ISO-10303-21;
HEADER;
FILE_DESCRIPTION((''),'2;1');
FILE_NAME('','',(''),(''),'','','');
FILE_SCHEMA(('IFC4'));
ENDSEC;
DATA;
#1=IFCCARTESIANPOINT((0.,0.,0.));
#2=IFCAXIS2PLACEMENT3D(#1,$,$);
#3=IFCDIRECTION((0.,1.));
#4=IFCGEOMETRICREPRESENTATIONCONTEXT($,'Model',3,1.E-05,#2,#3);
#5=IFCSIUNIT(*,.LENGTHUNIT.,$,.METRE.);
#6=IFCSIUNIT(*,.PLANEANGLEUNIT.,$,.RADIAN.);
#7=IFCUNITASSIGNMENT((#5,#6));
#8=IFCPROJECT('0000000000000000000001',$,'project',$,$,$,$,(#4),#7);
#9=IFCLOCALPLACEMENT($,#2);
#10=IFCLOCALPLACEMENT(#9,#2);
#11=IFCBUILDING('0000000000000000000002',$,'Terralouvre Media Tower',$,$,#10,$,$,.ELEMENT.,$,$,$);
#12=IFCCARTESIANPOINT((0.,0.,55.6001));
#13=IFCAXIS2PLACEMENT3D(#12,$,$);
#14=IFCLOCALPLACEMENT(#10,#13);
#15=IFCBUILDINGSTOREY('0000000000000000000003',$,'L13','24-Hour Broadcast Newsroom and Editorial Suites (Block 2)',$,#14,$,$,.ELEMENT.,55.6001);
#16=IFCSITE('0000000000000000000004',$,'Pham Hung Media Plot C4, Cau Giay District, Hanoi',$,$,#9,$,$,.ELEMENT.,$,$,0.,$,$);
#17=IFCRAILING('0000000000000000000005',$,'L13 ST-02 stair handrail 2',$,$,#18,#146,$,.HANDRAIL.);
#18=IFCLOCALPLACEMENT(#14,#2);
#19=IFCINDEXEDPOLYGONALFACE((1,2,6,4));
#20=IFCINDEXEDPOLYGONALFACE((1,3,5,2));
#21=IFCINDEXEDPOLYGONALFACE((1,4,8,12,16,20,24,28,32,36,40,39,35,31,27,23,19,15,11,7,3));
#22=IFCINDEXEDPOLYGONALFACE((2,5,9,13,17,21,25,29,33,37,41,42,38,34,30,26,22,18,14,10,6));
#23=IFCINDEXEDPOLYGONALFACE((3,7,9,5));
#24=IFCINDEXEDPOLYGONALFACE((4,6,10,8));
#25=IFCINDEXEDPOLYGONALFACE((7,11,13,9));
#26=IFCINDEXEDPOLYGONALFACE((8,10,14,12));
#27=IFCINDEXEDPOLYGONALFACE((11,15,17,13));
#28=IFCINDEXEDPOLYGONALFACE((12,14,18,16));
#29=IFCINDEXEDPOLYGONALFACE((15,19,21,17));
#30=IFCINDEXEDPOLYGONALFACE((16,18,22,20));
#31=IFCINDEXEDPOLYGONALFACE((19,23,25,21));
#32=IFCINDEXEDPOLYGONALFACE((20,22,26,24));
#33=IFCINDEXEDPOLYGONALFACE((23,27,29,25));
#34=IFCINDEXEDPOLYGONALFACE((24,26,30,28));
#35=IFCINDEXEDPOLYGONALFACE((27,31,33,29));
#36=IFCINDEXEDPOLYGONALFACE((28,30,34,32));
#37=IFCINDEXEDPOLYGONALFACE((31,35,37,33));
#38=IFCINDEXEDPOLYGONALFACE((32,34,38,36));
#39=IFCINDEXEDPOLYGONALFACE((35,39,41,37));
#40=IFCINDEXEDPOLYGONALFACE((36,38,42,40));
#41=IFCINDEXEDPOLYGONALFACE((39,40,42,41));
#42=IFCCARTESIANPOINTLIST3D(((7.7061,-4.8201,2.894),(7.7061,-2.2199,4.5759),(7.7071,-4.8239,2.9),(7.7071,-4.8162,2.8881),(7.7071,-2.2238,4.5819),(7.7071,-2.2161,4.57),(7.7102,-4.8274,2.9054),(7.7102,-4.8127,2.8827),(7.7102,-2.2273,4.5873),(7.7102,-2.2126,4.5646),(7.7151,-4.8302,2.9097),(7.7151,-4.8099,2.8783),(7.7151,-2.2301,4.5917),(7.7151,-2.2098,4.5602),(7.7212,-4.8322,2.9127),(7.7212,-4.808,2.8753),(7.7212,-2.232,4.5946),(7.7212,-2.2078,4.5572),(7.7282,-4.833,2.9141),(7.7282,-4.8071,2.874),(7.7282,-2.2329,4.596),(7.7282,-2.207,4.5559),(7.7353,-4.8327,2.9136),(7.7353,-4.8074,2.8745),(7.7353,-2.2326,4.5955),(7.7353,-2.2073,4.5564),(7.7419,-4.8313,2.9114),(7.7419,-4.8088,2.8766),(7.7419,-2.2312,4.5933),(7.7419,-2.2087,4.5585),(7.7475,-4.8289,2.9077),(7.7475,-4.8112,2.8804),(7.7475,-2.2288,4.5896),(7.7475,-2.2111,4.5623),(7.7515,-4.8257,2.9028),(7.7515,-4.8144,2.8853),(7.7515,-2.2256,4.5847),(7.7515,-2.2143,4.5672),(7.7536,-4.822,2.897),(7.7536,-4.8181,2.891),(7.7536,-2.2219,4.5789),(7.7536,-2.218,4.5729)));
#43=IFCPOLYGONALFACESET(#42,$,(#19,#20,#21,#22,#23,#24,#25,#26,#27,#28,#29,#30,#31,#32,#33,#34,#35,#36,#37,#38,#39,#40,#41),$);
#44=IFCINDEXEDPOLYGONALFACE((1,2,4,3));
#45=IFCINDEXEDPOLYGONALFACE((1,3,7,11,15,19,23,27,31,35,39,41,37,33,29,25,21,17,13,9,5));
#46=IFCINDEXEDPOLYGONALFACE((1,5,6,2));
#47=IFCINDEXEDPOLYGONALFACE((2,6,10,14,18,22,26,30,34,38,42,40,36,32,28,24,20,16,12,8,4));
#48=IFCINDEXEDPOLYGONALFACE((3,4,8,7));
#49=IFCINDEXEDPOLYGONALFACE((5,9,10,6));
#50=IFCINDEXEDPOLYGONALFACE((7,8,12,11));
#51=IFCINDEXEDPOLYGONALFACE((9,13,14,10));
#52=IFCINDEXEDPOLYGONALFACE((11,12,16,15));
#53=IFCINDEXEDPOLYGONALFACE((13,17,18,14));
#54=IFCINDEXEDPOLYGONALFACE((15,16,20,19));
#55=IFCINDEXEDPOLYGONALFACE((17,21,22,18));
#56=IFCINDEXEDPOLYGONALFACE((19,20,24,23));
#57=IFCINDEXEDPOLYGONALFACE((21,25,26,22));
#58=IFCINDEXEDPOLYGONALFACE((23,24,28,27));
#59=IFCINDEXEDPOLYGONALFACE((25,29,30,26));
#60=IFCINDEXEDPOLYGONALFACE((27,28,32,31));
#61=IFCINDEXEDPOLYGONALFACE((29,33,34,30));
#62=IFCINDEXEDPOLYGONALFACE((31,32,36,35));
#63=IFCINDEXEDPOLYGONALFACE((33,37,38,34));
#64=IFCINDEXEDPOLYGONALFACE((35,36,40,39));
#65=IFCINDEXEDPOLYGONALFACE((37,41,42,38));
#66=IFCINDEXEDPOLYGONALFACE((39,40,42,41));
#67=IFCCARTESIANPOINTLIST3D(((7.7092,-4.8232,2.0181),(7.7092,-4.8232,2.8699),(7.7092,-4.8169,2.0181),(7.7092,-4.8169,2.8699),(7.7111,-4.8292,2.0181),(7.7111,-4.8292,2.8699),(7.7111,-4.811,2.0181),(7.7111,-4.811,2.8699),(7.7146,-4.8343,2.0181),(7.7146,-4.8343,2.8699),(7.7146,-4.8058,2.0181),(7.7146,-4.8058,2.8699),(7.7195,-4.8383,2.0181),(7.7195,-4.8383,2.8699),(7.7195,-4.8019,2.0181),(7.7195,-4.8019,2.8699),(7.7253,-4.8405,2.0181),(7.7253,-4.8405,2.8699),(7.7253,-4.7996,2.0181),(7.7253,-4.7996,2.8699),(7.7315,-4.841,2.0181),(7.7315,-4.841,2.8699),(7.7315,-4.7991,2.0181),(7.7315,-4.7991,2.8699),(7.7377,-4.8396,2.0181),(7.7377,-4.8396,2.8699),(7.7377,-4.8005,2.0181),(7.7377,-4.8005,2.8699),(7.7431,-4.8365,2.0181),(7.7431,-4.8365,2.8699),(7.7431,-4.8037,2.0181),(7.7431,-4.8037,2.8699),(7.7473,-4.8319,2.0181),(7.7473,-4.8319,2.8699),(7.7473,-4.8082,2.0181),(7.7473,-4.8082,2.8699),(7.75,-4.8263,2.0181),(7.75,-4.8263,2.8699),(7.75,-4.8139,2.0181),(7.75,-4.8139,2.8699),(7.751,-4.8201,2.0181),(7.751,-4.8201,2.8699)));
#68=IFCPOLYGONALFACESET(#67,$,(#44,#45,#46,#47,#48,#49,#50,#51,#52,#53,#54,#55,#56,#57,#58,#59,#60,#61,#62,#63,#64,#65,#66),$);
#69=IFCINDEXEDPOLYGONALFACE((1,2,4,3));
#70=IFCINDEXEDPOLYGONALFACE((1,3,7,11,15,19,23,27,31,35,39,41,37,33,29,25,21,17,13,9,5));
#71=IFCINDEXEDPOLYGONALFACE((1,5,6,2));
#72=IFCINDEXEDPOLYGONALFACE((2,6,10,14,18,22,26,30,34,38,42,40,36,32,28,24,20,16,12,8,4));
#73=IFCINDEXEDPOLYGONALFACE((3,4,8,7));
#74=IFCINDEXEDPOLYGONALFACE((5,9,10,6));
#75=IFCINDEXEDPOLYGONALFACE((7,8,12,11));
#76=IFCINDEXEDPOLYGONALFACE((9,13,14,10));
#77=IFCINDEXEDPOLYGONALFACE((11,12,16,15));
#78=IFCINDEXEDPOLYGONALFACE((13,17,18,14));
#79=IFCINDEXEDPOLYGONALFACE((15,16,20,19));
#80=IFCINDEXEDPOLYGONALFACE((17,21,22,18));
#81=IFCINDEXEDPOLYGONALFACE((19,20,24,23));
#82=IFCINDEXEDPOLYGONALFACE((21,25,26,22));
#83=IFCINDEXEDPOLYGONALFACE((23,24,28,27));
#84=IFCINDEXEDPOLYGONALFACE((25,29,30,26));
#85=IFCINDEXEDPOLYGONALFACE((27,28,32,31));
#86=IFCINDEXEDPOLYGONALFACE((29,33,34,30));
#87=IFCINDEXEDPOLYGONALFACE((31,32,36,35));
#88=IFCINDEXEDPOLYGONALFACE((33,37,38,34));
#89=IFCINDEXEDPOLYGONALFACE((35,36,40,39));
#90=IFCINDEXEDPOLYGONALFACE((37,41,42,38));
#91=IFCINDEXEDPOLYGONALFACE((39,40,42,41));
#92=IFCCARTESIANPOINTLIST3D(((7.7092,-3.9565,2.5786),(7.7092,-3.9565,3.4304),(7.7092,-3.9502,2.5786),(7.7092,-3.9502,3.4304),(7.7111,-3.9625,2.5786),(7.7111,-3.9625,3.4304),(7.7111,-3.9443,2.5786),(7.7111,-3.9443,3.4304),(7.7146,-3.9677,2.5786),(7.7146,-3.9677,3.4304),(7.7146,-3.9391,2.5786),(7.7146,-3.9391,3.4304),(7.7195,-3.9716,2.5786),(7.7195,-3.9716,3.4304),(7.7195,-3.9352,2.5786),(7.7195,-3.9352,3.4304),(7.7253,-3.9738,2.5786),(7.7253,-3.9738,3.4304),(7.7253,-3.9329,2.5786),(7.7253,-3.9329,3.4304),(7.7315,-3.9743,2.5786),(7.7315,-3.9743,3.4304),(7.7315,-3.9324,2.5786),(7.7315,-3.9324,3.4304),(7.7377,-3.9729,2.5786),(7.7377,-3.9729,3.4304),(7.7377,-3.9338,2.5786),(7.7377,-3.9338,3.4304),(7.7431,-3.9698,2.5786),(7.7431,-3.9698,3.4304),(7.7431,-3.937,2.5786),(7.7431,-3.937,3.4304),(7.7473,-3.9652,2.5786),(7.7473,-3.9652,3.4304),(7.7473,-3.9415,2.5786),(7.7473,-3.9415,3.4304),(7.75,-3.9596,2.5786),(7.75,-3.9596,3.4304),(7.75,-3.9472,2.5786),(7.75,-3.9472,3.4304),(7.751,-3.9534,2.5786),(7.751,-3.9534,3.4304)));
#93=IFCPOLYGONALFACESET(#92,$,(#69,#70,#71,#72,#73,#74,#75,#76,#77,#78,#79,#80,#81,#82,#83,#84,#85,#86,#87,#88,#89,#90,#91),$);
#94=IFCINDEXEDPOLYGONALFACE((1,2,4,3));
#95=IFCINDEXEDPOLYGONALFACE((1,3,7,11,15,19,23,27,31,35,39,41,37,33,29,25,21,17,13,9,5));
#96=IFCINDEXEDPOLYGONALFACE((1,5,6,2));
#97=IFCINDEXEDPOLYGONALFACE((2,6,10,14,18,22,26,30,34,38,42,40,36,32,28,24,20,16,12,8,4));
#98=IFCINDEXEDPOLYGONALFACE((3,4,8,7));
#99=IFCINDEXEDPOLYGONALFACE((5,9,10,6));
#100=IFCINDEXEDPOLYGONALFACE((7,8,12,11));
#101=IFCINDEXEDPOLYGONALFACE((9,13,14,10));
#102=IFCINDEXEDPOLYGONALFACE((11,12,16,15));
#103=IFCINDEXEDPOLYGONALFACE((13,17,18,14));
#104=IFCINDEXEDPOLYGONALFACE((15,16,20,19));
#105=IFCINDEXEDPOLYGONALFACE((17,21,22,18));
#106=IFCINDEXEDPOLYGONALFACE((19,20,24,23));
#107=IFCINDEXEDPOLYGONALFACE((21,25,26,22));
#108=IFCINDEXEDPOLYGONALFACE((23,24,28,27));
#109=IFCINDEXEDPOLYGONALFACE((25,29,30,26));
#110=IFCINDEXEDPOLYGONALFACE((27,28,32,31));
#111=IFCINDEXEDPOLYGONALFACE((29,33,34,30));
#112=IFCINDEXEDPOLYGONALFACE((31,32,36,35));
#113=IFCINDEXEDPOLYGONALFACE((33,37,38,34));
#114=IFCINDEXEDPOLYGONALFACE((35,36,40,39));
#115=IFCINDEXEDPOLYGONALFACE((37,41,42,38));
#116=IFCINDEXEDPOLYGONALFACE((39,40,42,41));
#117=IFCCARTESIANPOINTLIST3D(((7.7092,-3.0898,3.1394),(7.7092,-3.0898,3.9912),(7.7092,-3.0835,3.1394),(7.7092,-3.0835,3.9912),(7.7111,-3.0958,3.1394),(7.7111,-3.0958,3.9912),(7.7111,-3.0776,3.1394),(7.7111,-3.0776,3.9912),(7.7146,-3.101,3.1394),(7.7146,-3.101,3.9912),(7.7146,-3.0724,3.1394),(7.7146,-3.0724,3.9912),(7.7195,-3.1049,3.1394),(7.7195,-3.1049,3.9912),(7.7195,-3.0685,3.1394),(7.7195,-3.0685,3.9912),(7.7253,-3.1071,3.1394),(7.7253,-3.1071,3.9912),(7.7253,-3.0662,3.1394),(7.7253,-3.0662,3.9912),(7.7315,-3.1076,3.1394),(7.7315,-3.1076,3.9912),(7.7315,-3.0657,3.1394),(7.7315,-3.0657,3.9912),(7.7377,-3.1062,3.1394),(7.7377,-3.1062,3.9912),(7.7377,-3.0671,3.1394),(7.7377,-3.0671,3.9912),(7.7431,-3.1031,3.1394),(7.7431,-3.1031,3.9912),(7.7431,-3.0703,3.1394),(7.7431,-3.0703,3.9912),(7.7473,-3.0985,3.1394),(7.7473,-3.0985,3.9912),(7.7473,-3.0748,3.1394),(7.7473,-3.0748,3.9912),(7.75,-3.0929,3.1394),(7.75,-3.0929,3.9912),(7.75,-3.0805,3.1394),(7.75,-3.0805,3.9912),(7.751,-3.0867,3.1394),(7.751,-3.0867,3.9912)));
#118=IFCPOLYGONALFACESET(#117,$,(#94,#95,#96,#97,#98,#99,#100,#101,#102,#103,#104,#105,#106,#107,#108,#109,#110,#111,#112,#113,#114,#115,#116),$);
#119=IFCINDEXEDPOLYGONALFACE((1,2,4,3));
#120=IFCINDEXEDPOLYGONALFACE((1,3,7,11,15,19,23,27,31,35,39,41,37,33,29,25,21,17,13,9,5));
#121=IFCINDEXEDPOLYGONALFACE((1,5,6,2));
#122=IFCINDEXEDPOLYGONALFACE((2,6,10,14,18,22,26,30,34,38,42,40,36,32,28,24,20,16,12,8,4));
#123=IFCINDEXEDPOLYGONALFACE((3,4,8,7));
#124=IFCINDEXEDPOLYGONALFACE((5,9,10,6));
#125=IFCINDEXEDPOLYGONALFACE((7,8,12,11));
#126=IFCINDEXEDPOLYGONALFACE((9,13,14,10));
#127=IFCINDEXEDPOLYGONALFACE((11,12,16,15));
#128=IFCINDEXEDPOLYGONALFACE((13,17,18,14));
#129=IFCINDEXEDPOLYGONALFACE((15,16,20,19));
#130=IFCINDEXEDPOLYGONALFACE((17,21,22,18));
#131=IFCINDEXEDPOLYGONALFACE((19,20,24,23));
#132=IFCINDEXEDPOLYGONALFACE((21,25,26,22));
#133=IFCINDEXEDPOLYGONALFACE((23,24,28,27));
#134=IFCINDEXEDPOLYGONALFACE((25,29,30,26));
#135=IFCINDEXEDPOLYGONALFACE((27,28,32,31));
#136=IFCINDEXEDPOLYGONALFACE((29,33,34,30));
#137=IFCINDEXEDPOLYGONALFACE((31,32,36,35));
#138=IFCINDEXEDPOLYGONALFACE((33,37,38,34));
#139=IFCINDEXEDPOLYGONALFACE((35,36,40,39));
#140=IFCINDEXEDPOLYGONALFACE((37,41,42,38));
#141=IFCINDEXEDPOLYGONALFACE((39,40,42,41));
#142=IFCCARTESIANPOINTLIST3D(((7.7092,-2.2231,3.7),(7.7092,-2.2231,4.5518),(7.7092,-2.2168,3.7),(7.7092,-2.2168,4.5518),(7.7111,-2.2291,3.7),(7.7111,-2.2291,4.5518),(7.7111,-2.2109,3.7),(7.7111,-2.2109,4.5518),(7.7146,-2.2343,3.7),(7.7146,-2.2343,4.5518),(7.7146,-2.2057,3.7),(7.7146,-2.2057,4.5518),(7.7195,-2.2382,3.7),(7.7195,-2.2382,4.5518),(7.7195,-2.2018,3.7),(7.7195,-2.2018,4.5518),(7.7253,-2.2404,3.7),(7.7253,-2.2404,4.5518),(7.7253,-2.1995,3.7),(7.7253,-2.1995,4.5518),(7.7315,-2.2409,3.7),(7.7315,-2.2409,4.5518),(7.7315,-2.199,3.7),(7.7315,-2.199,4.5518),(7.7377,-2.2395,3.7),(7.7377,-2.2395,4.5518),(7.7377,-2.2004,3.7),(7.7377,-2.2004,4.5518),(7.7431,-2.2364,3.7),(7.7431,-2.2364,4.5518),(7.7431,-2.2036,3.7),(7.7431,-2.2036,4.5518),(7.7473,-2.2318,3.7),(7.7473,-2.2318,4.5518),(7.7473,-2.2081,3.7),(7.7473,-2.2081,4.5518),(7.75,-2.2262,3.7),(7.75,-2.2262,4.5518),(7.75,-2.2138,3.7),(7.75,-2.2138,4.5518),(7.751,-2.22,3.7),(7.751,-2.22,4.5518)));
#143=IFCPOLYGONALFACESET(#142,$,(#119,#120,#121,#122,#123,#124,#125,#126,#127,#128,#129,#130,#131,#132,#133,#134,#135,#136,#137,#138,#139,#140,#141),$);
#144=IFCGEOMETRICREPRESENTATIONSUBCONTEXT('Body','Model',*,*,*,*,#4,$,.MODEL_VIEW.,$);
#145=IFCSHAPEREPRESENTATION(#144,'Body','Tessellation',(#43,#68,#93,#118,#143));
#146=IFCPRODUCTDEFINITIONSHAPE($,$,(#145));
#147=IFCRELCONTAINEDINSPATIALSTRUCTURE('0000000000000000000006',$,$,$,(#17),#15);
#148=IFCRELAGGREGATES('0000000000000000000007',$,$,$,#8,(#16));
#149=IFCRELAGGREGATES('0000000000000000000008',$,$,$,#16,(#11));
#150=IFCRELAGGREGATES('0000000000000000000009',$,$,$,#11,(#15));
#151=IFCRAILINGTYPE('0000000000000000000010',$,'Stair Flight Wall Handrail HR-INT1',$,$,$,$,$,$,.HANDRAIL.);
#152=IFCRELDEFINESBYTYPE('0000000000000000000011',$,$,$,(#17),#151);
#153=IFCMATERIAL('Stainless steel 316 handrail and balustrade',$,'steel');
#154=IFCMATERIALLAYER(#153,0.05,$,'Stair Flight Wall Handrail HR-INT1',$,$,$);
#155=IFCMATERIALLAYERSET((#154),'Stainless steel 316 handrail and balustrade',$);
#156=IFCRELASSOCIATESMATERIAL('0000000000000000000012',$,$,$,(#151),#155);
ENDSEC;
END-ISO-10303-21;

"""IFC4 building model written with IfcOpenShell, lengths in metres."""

from ifc_helpers import new_model, si_unit, direction, frame, origin, origin_2d, place, context, subcontext, project, spatial, circle, extrude, material, layer, layer_set, type_object, element, save


model = new_model("IFC4")

# Units and contexts
model_context = context("Model", 3, precision=1e-05, world=origin(), true_north=direction((0.0, 1.0)))
body_context = subcontext(model_context, "Body", "Model", "MODEL_VIEW")
ifc_project = project(units=[si_unit("LENGTHUNIT", "METRE"), si_unit("PLANEANGLEUNIT", "RADIAN")], contexts=[model_context])

# Site, building, storey
site_placement = place(None, origin())
site = spatial("IfcSite", under=ifc_project, at=site_placement, Name="Pham Hung Media Plot C4, Cau Giay District, Hanoi", CompositionType="ELEMENT", RefElevation=0.0)
building_placement = place(site_placement, origin())
building = spatial("IfcBuilding", under=site, at=building_placement, Name="Terralouvre Media Tower", CompositionType="ELEMENT")
storey_placement = place(building_placement, frame((0.0, 0.0, 55.6001)))
storey = spatial("IfcBuildingStorey", under=building, at=storey_placement, Name="L13", Description="24-Hour Broadcast Newsroom and Editorial Suites (Block 2)", CompositionType="ELEMENT", Elevation=55.6001)

# Railing
ifc_material_1 = material(Name="Stainless steel 316 handrail and balustrade", Category="steel")
ifc_layer_1 = layer(ifc_material_1, 0.05, Name="Stair Flight Wall Handrail HR-INT1")
ifc_layer_set_1 = layer_set([ifc_layer_1], Name="Stainless steel 316 handrail and balustrade")
railing_type_1 = type_object("IfcRailingType", Name="Stair Flight Wall Handrail HR-INT1", PredefinedType="HANDRAIL", material=ifc_layer_set_1)
railing_1_placement = place(storey_placement, frame((7.73, -4.8201, 2.0181)))
element("IfcRailing", 1, at=railing_1_placement, inside=storey, type_object=railing_type_1, Name="L13 ST-02 stair handrail 2", PredefinedType="HANDRAIL", context=body_context, shape_type="SweptSolid", body=[
    extrude(circle(Radius=0.0239, at=origin_2d()), frame((0.0, 0.0, 0.876), z_axis=(0.0, 0.839648, 0.54313), x_axis=(-1.0, 0.0, 0.0)), (0.0, 0.0, 1.0), 3.0967),
    extrude(circle(Radius=0.021, at=origin_2d()), origin(), (0.0, 0.0, 1.0), 0.8518),
    extrude(circle(Radius=0.021, at=origin_2d()), frame((0.0, 0.8667, 0.5605)), (0.0, 0.0, 1.0), 0.8518),
    extrude(circle(Radius=0.021, at=origin_2d()), frame((0.0, 1.7334, 1.1213)), (0.0, 0.0, 1.0), 0.8518),
    extrude(circle(Radius=0.021, at=origin_2d()), frame((0.0, 2.6001, 1.6819)), (0.0, 0.0, 1.0), 0.8518),
])

save(model, "model.ifc")
